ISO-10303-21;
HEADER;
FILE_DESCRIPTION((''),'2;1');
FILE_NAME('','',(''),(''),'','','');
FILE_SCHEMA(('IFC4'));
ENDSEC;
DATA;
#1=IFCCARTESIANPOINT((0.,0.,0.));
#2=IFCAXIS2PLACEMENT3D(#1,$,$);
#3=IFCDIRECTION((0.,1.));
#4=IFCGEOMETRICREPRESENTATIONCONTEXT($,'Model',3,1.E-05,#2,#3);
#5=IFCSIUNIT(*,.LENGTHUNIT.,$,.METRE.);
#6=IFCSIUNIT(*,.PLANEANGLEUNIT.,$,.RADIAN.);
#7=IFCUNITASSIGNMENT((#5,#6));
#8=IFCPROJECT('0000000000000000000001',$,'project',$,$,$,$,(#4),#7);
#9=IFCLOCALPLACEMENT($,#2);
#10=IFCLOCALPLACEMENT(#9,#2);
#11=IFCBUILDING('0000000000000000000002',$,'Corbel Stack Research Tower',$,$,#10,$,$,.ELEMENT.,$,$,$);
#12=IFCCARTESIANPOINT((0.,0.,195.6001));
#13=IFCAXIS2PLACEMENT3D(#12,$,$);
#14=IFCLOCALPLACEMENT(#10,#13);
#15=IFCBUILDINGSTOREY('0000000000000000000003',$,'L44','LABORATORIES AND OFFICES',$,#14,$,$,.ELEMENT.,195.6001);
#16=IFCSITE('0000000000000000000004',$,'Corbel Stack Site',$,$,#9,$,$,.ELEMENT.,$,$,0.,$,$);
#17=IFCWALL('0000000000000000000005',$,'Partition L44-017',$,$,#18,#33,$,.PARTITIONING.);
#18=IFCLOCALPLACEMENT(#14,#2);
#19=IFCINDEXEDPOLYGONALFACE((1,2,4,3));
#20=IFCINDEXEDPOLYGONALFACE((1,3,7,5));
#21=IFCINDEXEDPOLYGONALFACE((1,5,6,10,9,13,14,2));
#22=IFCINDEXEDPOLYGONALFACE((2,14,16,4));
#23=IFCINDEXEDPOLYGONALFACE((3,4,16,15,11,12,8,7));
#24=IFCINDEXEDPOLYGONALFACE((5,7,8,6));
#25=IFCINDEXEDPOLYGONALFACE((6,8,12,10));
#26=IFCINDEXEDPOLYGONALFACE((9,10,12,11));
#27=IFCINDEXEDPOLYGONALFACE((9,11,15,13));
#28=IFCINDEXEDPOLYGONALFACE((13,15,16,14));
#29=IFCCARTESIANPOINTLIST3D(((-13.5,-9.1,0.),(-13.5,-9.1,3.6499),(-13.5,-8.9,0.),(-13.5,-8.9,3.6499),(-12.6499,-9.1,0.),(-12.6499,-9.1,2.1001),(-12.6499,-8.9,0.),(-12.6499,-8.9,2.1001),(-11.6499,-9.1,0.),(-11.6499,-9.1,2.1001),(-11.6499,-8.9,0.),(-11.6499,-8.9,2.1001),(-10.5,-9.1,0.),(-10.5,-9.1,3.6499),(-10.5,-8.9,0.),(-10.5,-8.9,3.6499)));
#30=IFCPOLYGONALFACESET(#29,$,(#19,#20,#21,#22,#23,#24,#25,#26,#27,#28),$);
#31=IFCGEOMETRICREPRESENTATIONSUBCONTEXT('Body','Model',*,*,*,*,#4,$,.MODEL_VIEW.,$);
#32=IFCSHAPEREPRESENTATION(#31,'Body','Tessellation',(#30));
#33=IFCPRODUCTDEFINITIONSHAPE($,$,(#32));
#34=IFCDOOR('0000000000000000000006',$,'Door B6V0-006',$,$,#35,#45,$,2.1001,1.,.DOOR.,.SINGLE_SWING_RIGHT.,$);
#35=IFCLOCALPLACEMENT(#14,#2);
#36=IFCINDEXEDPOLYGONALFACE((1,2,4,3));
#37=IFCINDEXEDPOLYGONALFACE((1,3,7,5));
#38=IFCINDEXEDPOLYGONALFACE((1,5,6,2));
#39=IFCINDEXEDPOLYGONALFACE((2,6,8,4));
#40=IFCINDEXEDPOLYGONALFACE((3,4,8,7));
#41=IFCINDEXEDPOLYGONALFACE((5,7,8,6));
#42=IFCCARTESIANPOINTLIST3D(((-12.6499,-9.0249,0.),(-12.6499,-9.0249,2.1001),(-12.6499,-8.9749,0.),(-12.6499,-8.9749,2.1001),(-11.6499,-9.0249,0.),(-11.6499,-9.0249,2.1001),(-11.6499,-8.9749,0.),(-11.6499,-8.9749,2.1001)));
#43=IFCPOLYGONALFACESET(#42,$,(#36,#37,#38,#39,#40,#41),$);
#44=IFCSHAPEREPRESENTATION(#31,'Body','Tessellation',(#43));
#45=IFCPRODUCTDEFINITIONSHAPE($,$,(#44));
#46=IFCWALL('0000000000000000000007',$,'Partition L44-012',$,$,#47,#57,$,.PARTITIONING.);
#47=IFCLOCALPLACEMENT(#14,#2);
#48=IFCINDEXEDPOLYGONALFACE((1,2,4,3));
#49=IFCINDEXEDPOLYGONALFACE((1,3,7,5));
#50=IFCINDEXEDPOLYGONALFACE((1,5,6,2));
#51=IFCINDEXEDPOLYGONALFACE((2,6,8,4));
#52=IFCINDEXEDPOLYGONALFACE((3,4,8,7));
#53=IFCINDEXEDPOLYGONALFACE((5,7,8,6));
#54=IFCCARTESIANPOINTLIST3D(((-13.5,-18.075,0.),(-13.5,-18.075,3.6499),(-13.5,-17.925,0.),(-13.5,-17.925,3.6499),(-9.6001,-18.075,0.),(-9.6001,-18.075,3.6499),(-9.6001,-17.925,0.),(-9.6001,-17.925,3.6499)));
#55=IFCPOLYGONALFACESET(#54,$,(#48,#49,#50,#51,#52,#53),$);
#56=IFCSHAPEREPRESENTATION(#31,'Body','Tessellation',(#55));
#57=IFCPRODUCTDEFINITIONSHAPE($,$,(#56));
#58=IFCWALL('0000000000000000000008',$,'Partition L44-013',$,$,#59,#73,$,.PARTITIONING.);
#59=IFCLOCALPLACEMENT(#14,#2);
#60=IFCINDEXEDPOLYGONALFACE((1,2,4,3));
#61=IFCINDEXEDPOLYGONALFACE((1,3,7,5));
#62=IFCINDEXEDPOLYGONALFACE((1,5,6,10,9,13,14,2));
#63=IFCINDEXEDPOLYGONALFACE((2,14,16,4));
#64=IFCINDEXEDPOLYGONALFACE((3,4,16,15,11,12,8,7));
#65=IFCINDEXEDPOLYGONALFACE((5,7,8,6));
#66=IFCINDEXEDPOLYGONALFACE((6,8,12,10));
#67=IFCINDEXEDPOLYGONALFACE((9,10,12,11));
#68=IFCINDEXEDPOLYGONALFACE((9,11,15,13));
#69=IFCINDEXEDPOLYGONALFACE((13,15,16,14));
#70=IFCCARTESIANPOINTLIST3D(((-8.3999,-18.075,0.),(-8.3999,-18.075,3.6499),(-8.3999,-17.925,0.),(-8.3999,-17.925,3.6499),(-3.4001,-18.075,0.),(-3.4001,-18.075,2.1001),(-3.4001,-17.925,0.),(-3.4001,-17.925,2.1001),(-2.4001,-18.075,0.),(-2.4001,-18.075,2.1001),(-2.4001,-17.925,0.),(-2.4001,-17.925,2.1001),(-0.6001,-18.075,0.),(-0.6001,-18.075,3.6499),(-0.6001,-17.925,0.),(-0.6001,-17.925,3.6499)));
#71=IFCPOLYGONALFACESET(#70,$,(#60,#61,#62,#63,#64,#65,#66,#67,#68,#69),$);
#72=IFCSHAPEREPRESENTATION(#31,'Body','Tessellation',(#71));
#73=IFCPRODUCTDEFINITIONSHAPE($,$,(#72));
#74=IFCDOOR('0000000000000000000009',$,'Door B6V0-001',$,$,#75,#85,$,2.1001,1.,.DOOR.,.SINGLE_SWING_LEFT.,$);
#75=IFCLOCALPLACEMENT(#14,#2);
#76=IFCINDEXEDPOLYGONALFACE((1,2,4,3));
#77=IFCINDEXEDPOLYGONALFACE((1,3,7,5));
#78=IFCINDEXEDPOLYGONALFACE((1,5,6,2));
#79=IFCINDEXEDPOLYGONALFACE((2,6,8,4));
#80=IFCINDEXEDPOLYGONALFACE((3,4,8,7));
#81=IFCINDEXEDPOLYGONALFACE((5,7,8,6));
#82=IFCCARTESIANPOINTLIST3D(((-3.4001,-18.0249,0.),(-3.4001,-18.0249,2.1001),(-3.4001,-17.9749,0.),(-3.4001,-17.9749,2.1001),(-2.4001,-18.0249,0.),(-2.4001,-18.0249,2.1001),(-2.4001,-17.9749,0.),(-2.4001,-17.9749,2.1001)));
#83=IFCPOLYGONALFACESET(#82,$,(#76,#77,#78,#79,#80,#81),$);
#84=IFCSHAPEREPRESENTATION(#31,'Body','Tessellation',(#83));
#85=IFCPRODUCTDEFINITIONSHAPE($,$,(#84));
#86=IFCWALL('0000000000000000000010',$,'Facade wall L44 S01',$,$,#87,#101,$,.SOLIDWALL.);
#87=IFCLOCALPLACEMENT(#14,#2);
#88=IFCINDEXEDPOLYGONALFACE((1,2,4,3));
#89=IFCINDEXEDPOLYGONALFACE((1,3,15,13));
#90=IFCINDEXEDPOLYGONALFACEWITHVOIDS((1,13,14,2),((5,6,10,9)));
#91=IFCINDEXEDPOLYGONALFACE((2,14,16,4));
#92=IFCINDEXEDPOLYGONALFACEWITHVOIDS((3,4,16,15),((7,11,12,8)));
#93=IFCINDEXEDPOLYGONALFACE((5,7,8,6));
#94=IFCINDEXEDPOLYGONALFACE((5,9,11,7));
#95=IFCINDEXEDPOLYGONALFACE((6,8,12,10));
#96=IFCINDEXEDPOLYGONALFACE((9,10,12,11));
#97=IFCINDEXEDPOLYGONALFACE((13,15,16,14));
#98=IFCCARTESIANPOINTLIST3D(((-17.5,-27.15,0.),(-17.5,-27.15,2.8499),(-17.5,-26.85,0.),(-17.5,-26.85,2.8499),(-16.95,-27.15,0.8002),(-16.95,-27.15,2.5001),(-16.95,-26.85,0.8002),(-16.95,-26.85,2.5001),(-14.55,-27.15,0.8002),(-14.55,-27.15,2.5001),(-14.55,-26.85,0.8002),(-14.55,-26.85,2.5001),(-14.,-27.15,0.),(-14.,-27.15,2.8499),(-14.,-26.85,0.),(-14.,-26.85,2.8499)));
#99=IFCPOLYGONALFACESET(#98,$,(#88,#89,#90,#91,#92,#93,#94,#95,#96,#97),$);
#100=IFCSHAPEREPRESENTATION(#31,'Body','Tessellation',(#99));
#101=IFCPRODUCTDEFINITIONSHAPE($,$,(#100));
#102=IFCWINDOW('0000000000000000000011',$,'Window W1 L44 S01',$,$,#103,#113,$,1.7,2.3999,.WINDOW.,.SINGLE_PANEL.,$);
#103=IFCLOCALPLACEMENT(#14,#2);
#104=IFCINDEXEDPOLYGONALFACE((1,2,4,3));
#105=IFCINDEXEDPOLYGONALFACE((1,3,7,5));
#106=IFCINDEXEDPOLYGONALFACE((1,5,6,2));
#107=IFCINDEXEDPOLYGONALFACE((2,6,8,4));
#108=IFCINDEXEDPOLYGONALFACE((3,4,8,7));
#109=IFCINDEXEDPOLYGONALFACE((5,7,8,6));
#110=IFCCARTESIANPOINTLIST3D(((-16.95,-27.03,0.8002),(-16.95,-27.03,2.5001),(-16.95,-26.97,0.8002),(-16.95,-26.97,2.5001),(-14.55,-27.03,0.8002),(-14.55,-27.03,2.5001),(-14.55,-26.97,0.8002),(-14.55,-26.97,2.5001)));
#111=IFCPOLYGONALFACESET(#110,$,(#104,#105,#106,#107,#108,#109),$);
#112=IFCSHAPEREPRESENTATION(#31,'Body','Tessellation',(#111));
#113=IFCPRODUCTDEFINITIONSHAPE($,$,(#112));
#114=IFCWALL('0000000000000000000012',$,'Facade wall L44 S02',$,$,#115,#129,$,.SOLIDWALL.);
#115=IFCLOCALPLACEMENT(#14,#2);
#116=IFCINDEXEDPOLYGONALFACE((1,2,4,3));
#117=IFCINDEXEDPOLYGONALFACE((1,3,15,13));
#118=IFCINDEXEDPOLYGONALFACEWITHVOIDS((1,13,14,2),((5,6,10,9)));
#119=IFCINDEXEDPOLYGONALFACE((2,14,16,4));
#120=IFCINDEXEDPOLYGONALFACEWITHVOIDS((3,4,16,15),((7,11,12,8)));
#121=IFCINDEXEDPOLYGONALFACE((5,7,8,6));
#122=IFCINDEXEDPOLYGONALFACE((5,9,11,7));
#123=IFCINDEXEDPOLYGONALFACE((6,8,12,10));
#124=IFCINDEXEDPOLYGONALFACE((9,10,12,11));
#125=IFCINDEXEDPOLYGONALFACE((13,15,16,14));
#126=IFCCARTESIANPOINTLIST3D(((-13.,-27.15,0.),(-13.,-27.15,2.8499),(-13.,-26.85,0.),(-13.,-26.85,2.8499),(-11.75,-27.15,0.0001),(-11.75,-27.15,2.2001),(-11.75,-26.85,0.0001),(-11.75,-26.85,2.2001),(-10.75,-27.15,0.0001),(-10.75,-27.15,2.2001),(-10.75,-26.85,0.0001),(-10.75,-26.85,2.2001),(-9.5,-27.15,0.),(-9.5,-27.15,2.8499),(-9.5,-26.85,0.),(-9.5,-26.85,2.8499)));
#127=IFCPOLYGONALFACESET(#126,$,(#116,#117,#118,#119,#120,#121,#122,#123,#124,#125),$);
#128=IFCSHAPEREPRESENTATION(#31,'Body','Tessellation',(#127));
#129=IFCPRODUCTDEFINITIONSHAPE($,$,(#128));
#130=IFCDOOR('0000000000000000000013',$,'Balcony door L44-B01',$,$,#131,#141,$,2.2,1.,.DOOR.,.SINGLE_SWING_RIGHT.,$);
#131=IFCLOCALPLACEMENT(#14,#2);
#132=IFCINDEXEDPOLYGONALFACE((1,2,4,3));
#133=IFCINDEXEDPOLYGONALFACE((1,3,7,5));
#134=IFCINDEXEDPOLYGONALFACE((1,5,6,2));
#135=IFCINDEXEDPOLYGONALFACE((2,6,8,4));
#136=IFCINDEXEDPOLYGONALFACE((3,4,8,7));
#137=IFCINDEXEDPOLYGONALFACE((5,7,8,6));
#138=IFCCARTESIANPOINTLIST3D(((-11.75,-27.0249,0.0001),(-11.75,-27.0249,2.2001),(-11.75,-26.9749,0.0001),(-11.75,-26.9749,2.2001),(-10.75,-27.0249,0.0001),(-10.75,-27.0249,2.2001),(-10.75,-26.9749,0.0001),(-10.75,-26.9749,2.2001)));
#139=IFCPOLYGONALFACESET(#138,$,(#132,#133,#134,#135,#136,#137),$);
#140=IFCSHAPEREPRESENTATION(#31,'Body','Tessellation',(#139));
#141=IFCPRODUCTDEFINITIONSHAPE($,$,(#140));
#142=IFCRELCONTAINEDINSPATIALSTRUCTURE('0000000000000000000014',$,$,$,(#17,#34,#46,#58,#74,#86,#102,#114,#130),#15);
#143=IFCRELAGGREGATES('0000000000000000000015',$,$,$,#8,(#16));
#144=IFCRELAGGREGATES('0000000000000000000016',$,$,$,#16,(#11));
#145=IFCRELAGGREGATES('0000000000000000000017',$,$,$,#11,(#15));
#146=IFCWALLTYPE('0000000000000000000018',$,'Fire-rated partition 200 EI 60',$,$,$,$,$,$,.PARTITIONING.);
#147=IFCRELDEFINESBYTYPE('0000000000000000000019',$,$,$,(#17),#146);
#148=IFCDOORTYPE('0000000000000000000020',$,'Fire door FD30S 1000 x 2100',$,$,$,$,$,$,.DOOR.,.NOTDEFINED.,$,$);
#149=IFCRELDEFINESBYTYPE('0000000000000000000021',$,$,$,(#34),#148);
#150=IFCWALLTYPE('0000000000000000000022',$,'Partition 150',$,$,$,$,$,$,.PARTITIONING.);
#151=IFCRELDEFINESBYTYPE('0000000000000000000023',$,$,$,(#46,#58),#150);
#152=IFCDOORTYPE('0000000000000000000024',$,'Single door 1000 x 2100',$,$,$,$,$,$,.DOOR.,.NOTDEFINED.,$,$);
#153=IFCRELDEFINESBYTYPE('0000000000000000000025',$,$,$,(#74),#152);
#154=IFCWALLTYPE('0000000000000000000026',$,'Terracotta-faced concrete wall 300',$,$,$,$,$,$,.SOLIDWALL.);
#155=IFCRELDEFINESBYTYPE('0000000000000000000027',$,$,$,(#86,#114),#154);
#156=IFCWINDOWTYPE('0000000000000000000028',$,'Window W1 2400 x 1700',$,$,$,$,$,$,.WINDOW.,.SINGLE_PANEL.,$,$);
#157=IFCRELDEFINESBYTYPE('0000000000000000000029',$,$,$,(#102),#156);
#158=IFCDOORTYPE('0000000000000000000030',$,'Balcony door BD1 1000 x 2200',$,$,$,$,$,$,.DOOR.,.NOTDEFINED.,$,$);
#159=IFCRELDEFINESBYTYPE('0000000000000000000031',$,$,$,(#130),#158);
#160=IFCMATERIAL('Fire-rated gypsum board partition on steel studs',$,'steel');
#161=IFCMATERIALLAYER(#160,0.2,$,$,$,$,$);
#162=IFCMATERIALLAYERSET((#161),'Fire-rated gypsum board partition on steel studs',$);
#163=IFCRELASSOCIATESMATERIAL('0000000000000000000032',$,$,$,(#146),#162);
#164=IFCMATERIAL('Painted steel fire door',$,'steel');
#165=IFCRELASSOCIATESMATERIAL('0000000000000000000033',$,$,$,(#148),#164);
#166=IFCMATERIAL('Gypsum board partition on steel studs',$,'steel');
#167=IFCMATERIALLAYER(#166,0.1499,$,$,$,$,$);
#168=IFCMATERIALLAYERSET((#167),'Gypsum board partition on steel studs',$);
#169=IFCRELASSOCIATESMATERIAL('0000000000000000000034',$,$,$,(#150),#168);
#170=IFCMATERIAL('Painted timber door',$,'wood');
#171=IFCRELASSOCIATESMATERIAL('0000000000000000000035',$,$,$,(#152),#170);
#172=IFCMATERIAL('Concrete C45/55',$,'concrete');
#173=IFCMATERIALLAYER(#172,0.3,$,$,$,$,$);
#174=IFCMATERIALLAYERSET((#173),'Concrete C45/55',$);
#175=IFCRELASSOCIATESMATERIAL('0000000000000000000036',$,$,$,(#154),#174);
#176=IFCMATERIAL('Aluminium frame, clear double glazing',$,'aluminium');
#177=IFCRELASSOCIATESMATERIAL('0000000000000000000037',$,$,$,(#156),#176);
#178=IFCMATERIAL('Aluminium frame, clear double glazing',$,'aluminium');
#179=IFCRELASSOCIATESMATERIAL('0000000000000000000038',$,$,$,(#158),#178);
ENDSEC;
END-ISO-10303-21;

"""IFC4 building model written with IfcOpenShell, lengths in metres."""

from ifc_helpers import new_model, si_unit, direction, frame, frame_2d, origin, place, context, subcontext, project, spatial, rectangle, extrude, material, layer, layer_set, type_object, element, fill, save


model = new_model("IFC4")

# Units and contexts
model_context = context("Model", 3, precision=1e-05, world=origin(), true_north=direction((0.0, 1.0)))
body_context = subcontext(model_context, "Body", "Model", "MODEL_VIEW")
ifc_project = project(units=[si_unit("LENGTHUNIT", "METRE"), si_unit("PLANEANGLEUNIT", "RADIAN")], contexts=[model_context])

# Site, building, storey
site_placement = place(None, origin())
site = spatial("IfcSite", under=ifc_project, at=site_placement, Name="Corbel Stack Site", CompositionType="ELEMENT", RefElevation=0.0)
building_placement = place(site_placement, origin())
building = spatial("IfcBuilding", under=site, at=building_placement, Name="Corbel Stack Research Tower", CompositionType="ELEMENT")
storey_placement = place(building_placement, frame((0.0, 0.0, 195.6001)))
storey = spatial("IfcBuildingStorey", under=building, at=storey_placement, Name="L44", Description="LABORATORIES AND OFFICES", CompositionType="ELEMENT", Elevation=195.6001)

# Wall, opening, door
ifc_material_1 = material(Name="Fire-rated gypsum board partition on steel studs", Category="steel")
ifc_layer_1 = layer(ifc_material_1, 0.2)
ifc_layer_set_1 = layer_set([ifc_layer_1], Name="Fire-rated gypsum board partition on steel studs")
wall_type_1 = type_object("IfcWallType", Name="Fire-rated partition 200 EI 60", PredefinedType="PARTITIONING", material=ifc_layer_set_1)
ifc_material_2 = material(Name="Painted steel fire door", Category="steel")
door_type_1 = type_object("IfcDoorType", Name="Fire door FD30S 1000 x 2100", OperationType="NOTDEFINED", PredefinedType="DOOR", material=ifc_material_2)
wall_1_placement = place(storey_placement, frame((-10.5, -9.0, 0.0), z_axis=(0.0, 0.0, 1.0), x_axis=(-1.0, 0.0, 0.0)))
wall_1 = element("IfcWall", 1, at=wall_1_placement, inside=storey, type_object=wall_type_1, Name="Partition L44-017", PredefinedType="PARTITIONING", context=body_context, shape_type="SweptSolid", body=[
    extrude(rectangle(XDim=3.0, YDim=0.2, at=frame_2d((1.5, 0.0))), origin(), (0.0, 0.0, 1.0), 3.6499),
])
opening_1_placement = place(wall_1_placement, frame((1.1499, 0.0, 0.0)))
opening_1 = element("IfcOpeningElement", 2, at=opening_1_placement, cuts=wall_1, PredefinedType="OPENING", context=body_context, shape_type="SweptSolid", body=[
    extrude(rectangle(XDim=1.0, YDim=2.1001, at=frame_2d((0.5, 1.05))), frame((0.0, 0.1099, 0.0), z_axis=(0.0, -1.0, 0.0), x_axis=(1.0, 0.0, 0.0)), (0.0, 0.0, 1.0), 0.22),
])
door_1_placement = place(opening_1_placement, origin())
door_1 = element("IfcDoor", 3, at=door_1_placement, inside=storey, type_object=door_type_1, Name="Door B6V0-006", OperationType="SINGLE_SWING_RIGHT", OverallHeight=2.1001, OverallWidth=1.0, PredefinedType="DOOR", context=body_context, shape_type="SweptSolid", body=[
    extrude(rectangle(XDim=1.0, YDim=2.1001, at=frame_2d((0.5, 1.05))), frame((0.0, 0.0249, 0.0), z_axis=(0.0, -1.0, 0.0), x_axis=(1.0, 0.0, 0.0)), (0.0, 0.0, 1.0), 0.05),
])
fill(opening_1, door_1)

# Wall
ifc_material_3 = material(Name="Gypsum board partition on steel studs", Category="steel")
ifc_layer_2 = layer(ifc_material_3, 0.1499)
ifc_layer_set_2 = layer_set([ifc_layer_2], Name="Gypsum board partition on steel studs")
wall_type_2 = type_object("IfcWallType", Name="Partition 150", PredefinedType="PARTITIONING", material=ifc_layer_set_2)
wall_2_placement = place(storey_placement, frame((-13.5, -18.0, 0.0), z_axis=(0.0, 0.0, 1.0), x_axis=(1.0, 0.0, 0.0)))
element("IfcWall", 4, at=wall_2_placement, inside=storey, type_object=wall_type_2, Name="Partition L44-012", PredefinedType="PARTITIONING", context=body_context, shape_type="SweptSolid", body=[
    extrude(rectangle(XDim=3.8999, YDim=0.1499, at=frame_2d((1.95, 0.0))), origin(), (0.0, 0.0, 1.0), 3.6499),
])

# Wall, opening, door
wall_3_placement = place(storey_placement, frame((-0.6001, -18.0, 0.0), z_axis=(0.0, 0.0, 1.0), x_axis=(-1.0, 0.0, 0.0)))
wall_3 = element("IfcWall", 5, at=wall_3_placement, inside=storey, type_object=wall_type_2, Name="Partition L44-013", PredefinedType="PARTITIONING", context=body_context, shape_type="SweptSolid", body=[
    extrude(rectangle(XDim=7.7998, YDim=0.1499, at=frame_2d((3.8999, 0.0))), origin(), (0.0, 0.0, 1.0), 3.6499),
])
opening_2_placement = place(wall_3_placement, frame((1.8, 0.0, 0.0)))
opening_2 = element("IfcOpeningElement", 6, at=opening_2_placement, cuts=wall_3, PredefinedType="OPENING", context=body_context, shape_type="SweptSolid", body=[
    extrude(rectangle(XDim=1.0, YDim=2.1001, at=frame_2d((0.5, 1.05))), frame((0.0, 0.085, 0.0), z_axis=(0.0, -1.0, 0.0), x_axis=(1.0, 0.0, 0.0)), (0.0, 0.0, 1.0), 0.1699),
])
ifc_material_4 = material(Name="Painted timber door", Category="wood")
door_type_2 = type_object("IfcDoorType", Name="Single door 1000 x 2100", OperationType="NOTDEFINED", PredefinedType="DOOR", material=ifc_material_4)
door_2_placement = place(opening_2_placement, origin())
door_2 = element("IfcDoor", 7, at=door_2_placement, inside=storey, type_object=door_type_2, Name="Door B6V0-001", OperationType="SINGLE_SWING_LEFT", OverallHeight=2.1001, OverallWidth=1.0, PredefinedType="DOOR", context=body_context, shape_type="SweptSolid", body=[
    extrude(rectangle(XDim=1.0, YDim=2.1001, at=frame_2d((0.5, 1.05))), frame((0.0, 0.0249, 0.0), z_axis=(0.0, -1.0, 0.0), x_axis=(1.0, 0.0, 0.0)), (0.0, 0.0, 1.0), 0.05),
])
fill(opening_2, door_2)

# Wall, opening, window
ifc_material_5 = material(Name="Concrete C45/55", Category="concrete")
ifc_layer_3 = layer(ifc_material_5, 0.3)
ifc_layer_set_3 = layer_set([ifc_layer_3], Name="Concrete C45/55")
wall_type_3 = type_object("IfcWallType", Name="Terracotta-faced concrete wall 300", PredefinedType="SOLIDWALL", material=ifc_layer_set_3)
wall_4_placement = place(storey_placement, frame((-14.0, -27.0, 0.0), z_axis=(0.0, 0.0, 1.0), x_axis=(-1.0, 0.0, 0.0)))
wall_4 = element("IfcWall", 8, at=wall_4_placement, inside=storey, type_object=wall_type_3, Name="Facade wall L44 S01", PredefinedType="SOLIDWALL", context=body_context, shape_type="SweptSolid", body=[
    extrude(rectangle(XDim=3.5, YDim=0.3, at=frame_2d((1.75, 0.0))), origin(), (0.0, 0.0, 1.0), 2.8499),
])
opening_3_placement = place(wall_4_placement, frame((0.55, 0.0, 0.8)))
opening_3 = element("IfcOpeningElement", 9, at=opening_3_placement, cuts=wall_4, PredefinedType="OPENING", context=body_context, shape_type="SweptSolid", body=[
    extrude(rectangle(XDim=2.3999, YDim=1.7, at=frame_2d((1.2, 0.8501))), frame((0.0, 0.1599, 0.0), z_axis=(0.0, -1.0, 0.0), x_axis=(1.0, 0.0, 0.0)), (0.0, 0.0, 1.0), 0.3201),
])
ifc_material_6 = material(Name="Aluminium frame, clear double glazing", Category="aluminium")
window_type = type_object("IfcWindowType", Name="Window W1 2400 x 1700", PartitioningType="SINGLE_PANEL", PredefinedType="WINDOW", material=ifc_material_6)
window_1_placement = place(opening_3_placement, origin())
window_1 = element("IfcWindow", 10, at=window_1_placement, inside=storey, type_object=window_type, Name="Window W1 L44 S01", OverallHeight=1.7, OverallWidth=2.3999, PartitioningType="SINGLE_PANEL", PredefinedType="WINDOW", context=body_context, shape_type="SweptSolid", body=[
    extrude(rectangle(XDim=2.3999, YDim=1.7, at=frame_2d((1.2, 0.8501))), frame((0.0, 0.03, 0.0), z_axis=(0.0, -1.0, 0.0), x_axis=(1.0, 0.0, 0.0)), (0.0, 0.0, 1.0), 0.0601),
])
fill(opening_3, window_1)

# Wall, opening, door
wall_5_placement = place(storey_placement, frame((-9.5, -27.0, 0.0), z_axis=(0.0, 0.0, 1.0), x_axis=(-1.0, 0.0, 0.0)))
wall_5 = element("IfcWall", 11, at=wall_5_placement, inside=storey, type_object=wall_type_3, Name="Facade wall L44 S02", PredefinedType="SOLIDWALL", context=body_context, shape_type="SweptSolid", body=[
    extrude(rectangle(XDim=3.5, YDim=0.3, at=frame_2d((1.75, 0.0))), origin(), (0.0, 0.0, 1.0), 2.8499),
])
opening_4_placement = place(wall_5_placement, frame((1.25, 0.0, 0.0)))
opening_4 = element("IfcOpeningElement", 12, at=opening_4_placement, cuts=wall_5, PredefinedType="OPENING", context=body_context, shape_type="SweptSolid", body=[
    extrude(rectangle(XDim=1.0, YDim=2.2, at=frame_2d((0.5, 1.1001))), frame((0.0, 0.1599, 0.0), z_axis=(0.0, -1.0, 0.0), x_axis=(1.0, 0.0, 0.0)), (0.0, 0.0, 1.0), 0.3201),
])
ifc_material_7 = material(Name="Aluminium frame, clear double glazing", Category="aluminium")
door_type_3 = type_object("IfcDoorType", Name="Balcony door BD1 1000 x 2200", OperationType="NOTDEFINED", PredefinedType="DOOR", material=ifc_material_7)
door_3_placement = place(opening_4_placement, origin())
door_3 = element("IfcDoor", 13, at=door_3_placement, inside=storey, type_object=door_type_3, Name="Balcony door L44-B01", OperationType="SINGLE_SWING_RIGHT", OverallHeight=2.2, OverallWidth=1.0, PredefinedType="DOOR", context=body_context, shape_type="SweptSolid", body=[
    extrude(rectangle(XDim=1.0, YDim=2.2, at=frame_2d((0.5, 1.1001))), frame((0.0, 0.0249, 0.0), z_axis=(0.0, -1.0, 0.0), x_axis=(1.0, 0.0, 0.0)), (0.0, 0.0, 1.0), 0.05),
])
fill(opening_4, door_3)

save(model, "model.ifc")
